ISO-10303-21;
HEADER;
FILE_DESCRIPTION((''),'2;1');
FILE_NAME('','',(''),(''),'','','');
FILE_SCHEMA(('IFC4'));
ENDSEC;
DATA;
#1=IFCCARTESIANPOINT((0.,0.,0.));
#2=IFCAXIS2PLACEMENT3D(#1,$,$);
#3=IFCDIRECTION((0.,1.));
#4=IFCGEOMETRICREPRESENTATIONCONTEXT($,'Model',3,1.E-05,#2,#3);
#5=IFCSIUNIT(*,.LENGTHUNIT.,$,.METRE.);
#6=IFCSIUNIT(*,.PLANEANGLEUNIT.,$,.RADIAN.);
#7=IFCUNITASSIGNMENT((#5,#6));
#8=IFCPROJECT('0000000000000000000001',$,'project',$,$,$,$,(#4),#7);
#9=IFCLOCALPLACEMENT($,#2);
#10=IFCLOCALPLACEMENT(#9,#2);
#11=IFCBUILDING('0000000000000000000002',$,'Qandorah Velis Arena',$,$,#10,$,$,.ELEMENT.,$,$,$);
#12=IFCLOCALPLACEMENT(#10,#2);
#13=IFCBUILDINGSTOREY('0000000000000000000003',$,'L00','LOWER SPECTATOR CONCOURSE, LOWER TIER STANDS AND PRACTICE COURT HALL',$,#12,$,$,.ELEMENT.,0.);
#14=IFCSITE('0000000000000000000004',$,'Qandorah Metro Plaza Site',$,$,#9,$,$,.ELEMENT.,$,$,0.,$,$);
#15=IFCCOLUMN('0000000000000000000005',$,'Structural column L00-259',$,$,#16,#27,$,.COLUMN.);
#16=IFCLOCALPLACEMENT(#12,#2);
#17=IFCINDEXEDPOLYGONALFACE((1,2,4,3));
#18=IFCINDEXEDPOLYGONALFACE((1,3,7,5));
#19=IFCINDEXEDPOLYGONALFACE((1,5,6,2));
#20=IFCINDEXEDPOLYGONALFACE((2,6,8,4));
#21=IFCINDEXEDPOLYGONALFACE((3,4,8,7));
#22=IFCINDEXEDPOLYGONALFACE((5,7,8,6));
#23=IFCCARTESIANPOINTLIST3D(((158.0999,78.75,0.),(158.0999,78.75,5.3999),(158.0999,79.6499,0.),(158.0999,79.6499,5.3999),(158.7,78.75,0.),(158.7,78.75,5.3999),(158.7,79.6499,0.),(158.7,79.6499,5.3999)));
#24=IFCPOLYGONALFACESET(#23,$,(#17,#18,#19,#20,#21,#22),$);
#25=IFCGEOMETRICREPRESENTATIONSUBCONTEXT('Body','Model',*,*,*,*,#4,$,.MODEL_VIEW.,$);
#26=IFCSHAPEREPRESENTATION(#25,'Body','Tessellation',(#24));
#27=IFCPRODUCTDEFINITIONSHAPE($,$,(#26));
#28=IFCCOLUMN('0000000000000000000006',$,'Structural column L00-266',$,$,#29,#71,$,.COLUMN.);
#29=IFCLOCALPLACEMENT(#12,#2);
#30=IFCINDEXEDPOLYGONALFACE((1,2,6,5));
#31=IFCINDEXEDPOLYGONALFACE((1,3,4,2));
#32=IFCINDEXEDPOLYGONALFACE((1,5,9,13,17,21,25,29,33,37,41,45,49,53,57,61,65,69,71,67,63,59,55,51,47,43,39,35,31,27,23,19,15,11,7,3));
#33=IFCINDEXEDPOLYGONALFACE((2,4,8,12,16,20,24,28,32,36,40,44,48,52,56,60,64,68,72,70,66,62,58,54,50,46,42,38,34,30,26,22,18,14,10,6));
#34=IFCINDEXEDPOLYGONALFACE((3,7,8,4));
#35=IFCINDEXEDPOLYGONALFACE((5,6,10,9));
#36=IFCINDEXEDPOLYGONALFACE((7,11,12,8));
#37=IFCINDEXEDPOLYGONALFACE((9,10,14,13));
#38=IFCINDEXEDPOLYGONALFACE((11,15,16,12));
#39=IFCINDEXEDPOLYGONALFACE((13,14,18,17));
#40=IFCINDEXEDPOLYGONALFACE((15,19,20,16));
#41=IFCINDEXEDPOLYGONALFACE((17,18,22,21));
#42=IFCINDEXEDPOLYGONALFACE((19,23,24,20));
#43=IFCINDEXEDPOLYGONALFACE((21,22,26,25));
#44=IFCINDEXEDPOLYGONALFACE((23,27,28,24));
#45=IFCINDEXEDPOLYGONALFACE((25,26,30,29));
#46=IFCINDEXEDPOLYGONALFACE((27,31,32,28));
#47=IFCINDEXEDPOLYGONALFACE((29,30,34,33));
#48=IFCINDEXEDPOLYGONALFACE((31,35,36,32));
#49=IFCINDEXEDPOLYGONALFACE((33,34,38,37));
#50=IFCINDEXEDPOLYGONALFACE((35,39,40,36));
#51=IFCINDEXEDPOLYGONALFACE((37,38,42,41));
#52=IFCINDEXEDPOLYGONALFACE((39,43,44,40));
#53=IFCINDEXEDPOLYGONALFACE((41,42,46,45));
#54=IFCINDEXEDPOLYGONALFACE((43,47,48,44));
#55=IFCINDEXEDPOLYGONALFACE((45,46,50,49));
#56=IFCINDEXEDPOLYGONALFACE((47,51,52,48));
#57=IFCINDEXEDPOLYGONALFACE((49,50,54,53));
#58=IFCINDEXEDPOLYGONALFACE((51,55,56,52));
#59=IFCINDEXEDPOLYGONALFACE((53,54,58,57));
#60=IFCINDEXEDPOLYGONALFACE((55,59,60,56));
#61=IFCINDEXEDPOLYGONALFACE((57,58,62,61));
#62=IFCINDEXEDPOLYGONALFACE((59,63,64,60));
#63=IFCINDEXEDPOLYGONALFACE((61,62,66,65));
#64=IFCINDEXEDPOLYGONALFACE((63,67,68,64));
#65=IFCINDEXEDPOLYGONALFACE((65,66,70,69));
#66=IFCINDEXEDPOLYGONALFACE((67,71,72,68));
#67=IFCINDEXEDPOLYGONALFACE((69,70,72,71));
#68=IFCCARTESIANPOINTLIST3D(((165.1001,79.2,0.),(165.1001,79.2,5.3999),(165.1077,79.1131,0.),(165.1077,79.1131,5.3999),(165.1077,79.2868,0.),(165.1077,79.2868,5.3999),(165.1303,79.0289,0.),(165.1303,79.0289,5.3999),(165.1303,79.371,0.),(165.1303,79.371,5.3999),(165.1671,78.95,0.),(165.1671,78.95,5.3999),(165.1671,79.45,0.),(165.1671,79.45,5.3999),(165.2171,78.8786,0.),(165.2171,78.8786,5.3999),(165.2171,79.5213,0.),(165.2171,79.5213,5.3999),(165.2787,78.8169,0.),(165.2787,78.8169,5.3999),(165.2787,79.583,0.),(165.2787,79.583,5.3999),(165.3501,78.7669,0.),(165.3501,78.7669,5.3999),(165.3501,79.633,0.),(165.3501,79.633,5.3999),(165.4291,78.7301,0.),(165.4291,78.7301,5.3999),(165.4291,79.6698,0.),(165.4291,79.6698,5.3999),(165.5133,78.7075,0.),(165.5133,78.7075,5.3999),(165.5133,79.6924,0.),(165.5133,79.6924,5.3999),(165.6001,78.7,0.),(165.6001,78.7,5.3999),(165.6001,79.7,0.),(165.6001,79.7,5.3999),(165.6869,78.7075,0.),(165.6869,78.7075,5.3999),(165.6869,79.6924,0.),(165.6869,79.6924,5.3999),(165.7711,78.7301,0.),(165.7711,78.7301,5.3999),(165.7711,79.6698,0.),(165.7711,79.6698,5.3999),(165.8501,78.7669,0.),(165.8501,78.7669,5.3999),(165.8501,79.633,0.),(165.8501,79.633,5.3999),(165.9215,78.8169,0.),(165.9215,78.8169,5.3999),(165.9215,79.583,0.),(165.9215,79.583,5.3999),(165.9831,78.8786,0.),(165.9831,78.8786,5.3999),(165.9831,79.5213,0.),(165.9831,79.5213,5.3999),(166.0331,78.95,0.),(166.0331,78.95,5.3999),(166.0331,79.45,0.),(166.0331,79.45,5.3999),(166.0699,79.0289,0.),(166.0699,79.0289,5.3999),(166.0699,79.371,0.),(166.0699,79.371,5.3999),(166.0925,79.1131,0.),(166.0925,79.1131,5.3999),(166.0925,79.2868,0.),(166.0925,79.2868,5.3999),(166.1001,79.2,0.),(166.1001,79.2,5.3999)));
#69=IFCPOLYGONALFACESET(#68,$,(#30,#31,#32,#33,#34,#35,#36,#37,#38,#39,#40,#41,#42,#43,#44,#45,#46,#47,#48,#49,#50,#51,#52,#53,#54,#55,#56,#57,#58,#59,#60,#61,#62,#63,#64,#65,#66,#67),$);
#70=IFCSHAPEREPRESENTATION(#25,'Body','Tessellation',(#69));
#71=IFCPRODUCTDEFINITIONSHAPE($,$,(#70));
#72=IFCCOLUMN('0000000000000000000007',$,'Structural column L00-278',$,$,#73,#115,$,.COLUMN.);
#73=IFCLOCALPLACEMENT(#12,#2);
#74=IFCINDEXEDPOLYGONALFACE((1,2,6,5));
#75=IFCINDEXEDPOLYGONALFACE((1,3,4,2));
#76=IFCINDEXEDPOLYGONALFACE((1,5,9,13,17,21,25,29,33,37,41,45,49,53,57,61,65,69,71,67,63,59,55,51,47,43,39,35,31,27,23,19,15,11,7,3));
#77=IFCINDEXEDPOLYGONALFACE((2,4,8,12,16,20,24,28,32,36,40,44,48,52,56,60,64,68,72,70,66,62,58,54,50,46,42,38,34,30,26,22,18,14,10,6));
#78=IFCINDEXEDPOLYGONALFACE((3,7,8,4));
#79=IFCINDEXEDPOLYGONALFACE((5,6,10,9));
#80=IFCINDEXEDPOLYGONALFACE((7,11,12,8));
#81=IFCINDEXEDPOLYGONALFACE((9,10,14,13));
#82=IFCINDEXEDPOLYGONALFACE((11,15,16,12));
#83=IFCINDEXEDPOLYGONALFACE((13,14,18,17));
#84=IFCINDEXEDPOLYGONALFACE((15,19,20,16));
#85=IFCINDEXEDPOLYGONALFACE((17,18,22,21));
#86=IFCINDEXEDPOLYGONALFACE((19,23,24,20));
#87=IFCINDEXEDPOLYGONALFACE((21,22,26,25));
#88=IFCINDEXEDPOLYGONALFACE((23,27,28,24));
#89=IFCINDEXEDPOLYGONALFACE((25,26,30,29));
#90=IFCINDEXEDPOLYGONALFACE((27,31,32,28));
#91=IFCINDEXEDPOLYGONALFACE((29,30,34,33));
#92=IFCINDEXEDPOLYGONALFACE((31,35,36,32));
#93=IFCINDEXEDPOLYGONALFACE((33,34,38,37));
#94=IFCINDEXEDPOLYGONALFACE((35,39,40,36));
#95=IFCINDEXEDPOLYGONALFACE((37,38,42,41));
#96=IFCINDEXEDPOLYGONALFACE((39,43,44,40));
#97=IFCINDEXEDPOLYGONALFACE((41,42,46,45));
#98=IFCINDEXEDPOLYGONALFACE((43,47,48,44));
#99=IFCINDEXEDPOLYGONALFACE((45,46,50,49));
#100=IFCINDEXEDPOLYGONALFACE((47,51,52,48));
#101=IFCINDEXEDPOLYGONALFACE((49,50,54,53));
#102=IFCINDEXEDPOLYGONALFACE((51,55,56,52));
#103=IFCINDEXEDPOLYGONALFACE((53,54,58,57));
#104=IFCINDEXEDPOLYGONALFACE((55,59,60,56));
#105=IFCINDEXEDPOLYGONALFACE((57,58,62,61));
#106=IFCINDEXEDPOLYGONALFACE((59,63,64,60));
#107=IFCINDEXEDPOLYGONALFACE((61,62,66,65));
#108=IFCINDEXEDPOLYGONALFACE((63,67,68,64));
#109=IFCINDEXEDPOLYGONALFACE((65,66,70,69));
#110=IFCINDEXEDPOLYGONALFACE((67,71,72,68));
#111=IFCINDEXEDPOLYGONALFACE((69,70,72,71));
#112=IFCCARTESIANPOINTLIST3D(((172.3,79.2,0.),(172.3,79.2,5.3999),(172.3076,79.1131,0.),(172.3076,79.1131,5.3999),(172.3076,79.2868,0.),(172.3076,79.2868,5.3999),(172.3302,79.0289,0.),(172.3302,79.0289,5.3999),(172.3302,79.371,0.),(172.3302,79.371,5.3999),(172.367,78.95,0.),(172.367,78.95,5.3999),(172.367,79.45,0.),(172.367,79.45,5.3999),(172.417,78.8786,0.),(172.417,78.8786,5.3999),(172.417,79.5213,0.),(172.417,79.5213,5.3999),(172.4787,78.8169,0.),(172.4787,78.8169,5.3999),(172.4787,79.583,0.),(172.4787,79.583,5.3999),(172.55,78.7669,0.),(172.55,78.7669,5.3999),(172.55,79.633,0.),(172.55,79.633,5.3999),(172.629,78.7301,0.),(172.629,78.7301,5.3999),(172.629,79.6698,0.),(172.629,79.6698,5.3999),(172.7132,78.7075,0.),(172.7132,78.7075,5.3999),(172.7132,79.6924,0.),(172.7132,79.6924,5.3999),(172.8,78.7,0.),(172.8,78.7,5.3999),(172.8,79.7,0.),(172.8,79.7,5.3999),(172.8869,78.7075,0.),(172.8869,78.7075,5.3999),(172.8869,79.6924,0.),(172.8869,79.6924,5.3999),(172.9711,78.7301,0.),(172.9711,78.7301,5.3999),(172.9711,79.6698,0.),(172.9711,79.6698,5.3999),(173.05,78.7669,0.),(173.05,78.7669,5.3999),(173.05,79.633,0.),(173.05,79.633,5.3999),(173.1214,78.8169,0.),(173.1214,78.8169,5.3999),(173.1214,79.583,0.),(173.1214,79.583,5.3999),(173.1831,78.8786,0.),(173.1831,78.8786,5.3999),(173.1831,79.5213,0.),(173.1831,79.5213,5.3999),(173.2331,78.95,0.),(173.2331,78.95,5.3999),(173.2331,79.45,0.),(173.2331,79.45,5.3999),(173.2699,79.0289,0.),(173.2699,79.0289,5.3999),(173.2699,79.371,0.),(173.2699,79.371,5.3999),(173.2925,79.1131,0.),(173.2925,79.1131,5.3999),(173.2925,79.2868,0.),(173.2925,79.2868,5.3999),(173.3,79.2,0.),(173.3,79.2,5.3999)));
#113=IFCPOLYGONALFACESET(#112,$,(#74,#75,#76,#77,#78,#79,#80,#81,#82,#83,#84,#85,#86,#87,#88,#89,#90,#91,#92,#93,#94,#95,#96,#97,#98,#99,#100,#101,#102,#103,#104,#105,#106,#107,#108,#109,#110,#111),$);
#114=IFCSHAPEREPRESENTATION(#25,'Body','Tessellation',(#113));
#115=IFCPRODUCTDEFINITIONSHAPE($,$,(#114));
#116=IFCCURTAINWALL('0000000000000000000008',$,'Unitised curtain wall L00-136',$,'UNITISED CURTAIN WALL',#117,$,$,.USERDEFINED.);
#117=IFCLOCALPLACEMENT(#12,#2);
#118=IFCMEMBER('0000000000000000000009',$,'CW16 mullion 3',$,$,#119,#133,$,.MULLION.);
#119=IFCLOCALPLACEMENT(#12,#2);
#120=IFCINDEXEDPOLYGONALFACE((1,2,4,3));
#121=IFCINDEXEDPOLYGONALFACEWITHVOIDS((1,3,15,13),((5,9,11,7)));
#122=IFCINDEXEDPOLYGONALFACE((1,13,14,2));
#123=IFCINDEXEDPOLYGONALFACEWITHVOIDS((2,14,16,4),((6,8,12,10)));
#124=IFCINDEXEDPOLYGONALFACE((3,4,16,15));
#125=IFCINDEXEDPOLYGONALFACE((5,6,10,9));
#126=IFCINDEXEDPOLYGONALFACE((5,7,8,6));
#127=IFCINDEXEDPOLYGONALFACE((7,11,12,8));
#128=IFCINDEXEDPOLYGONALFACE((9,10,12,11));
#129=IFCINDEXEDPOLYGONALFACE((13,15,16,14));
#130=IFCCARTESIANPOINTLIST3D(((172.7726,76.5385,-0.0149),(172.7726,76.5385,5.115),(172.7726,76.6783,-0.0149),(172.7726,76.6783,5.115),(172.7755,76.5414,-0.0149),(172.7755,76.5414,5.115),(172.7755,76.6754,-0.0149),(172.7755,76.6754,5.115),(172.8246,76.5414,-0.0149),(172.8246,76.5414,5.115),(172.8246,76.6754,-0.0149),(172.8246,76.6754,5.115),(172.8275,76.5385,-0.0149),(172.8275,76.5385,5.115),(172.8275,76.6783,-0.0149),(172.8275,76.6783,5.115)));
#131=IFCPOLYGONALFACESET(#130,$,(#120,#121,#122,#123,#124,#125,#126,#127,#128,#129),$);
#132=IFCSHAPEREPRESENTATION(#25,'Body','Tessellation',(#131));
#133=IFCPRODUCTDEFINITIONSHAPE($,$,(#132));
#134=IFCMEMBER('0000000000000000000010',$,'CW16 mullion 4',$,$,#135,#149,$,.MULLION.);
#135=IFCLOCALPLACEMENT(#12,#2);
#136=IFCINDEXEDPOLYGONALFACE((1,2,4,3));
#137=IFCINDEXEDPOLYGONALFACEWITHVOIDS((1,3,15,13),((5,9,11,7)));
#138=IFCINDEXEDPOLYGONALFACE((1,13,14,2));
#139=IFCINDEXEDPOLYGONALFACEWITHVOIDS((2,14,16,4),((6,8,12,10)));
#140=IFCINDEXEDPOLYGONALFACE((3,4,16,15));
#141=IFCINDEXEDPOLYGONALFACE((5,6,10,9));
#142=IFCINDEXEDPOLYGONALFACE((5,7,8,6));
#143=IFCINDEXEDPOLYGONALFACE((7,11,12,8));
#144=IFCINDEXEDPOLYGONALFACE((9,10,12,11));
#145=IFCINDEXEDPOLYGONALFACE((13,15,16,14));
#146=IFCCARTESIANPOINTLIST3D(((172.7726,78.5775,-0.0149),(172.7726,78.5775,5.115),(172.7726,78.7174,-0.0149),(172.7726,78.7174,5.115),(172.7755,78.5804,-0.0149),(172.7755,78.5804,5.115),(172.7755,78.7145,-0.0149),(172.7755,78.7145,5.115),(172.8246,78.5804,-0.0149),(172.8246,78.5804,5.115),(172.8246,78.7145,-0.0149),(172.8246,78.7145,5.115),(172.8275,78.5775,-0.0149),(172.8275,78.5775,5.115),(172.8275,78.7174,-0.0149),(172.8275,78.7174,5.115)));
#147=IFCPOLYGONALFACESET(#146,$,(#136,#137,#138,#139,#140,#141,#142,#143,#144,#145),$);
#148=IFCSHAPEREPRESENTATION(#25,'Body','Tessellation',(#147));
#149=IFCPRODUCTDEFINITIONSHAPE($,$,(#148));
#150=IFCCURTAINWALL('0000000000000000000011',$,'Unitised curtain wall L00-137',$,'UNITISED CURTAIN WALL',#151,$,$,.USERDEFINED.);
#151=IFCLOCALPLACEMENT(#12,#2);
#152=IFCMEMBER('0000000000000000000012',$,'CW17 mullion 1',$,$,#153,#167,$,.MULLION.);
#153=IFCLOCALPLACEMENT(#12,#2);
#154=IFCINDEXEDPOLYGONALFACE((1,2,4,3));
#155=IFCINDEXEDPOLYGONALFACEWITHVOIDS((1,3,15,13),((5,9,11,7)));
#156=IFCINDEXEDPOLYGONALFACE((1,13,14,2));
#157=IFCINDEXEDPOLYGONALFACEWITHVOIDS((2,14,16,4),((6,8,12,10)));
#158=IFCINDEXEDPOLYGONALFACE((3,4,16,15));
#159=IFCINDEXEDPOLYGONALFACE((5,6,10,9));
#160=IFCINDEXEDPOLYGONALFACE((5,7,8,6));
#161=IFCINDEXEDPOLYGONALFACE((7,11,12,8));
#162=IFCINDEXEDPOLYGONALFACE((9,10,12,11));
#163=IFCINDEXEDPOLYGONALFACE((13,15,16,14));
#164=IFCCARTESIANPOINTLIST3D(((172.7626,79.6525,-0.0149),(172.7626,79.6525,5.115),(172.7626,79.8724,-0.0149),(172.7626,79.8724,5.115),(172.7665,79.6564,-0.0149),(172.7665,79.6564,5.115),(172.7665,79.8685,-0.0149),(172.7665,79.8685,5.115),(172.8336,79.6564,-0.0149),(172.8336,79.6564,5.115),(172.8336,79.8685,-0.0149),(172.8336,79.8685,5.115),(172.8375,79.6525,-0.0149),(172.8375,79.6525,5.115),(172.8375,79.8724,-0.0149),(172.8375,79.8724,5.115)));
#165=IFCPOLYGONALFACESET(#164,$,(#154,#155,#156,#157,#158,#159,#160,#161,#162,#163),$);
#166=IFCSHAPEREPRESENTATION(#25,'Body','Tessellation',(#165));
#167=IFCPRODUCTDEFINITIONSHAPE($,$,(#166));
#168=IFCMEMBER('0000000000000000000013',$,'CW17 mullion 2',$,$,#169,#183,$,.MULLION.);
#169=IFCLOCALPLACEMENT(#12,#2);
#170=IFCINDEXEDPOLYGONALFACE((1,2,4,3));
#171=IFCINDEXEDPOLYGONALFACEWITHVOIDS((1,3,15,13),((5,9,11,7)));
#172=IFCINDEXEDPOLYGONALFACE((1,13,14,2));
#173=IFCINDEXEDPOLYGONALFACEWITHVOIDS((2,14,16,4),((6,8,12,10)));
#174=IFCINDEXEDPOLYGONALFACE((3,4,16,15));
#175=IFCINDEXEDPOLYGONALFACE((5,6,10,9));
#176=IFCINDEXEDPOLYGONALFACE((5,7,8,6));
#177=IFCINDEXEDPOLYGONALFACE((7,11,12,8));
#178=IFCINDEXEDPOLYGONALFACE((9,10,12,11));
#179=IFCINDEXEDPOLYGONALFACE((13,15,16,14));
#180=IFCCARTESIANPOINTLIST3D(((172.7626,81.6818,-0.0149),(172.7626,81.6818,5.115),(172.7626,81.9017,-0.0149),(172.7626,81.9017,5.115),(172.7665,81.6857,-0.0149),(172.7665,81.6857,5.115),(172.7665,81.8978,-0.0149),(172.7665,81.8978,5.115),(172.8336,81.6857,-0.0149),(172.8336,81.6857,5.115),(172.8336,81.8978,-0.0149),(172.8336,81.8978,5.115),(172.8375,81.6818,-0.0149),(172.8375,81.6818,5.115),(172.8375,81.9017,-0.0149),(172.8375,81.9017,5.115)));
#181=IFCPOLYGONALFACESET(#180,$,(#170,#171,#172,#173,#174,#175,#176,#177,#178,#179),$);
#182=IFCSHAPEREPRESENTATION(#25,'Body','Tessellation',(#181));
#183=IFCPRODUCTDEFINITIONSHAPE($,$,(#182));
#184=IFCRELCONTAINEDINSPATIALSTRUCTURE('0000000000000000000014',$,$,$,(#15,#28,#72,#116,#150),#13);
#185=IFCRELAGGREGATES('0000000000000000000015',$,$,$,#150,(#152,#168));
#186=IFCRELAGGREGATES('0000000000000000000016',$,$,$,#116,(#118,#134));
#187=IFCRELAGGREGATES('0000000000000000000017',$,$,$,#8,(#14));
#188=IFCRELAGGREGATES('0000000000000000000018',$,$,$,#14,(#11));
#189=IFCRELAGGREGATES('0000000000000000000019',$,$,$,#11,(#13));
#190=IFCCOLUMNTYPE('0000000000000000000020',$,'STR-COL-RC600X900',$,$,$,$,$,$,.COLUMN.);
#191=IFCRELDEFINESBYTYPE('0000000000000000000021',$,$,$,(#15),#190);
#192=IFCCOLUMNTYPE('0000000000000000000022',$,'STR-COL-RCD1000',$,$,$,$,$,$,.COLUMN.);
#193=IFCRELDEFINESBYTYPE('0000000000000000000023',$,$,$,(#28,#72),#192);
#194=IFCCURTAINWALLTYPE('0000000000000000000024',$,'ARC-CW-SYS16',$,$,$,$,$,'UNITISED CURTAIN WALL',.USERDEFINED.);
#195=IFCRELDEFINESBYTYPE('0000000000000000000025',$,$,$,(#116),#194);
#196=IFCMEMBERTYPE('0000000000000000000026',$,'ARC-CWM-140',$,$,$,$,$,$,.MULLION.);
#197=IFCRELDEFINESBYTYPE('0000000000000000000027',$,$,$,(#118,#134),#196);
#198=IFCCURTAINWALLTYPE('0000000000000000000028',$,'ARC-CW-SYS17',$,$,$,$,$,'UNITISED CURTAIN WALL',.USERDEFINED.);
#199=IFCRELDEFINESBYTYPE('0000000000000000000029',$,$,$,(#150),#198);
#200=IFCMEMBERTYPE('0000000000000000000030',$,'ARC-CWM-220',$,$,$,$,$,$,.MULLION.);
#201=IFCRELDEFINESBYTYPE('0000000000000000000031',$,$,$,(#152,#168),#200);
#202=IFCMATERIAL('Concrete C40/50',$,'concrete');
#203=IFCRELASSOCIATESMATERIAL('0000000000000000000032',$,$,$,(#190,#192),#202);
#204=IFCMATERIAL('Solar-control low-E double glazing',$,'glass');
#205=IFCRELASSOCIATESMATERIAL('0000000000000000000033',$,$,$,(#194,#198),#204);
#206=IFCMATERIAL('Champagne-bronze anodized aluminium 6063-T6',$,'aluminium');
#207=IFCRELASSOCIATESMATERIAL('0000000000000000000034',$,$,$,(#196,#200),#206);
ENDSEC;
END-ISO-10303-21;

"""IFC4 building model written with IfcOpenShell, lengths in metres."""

from ifc_helpers import new_model, si_unit, direction, frame, origin, origin_2d, place, context, subcontext, project, spatial, rectangle, hollow_rectangle, circle, extrude, material, material_profile, profile_set, type_object, element, aggregate, save


model = new_model("IFC4")

# Units and contexts
model_context = context("Model", 3, precision=1e-05, world=origin(), true_north=direction((0.0, 1.0)))
body_context = subcontext(model_context, "Body", "Model", "MODEL_VIEW")
ifc_project = project(units=[si_unit("LENGTHUNIT", "METRE"), si_unit("PLANEANGLEUNIT", "RADIAN")], contexts=[model_context])

# Site, building, storey
site_placement = place(None, origin())
site = spatial("IfcSite", under=ifc_project, at=site_placement, Name="Qandorah Metro Plaza Site", CompositionType="ELEMENT", RefElevation=0.0)
building_placement = place(site_placement, origin())
building = spatial("IfcBuilding", under=site, at=building_placement, Name="Qandorah Velis Arena", CompositionType="ELEMENT")
storey_placement = place(building_placement, origin())
storey = spatial("IfcBuildingStorey", under=building, at=storey_placement, Name="L00", Description="LOWER SPECTATOR CONCOURSE, LOWER TIER STANDS AND PRACTICE COURT HALL", CompositionType="ELEMENT", Elevation=0.0)

# Columns
ifc_material_1 = material(Name="Concrete C40/50", Category="concrete")
ifc_material_profile_1 = material_profile(ifc_material_1, rectangle(XDim=0.6001, YDim=0.8999, at=origin_2d()), Name="RC COL 600x900")
ifc_profile_set_1 = profile_set([ifc_material_profile_1], Name="Concrete C40/50")
column_type_1 = type_object("IfcColumnType", Name="STR-COL-RC600X900", PredefinedType="COLUMN", material=ifc_profile_set_1)
column_placement = place(storey_placement, frame((158.3999, 79.2, 0.0), z_axis=(0.0, 0.0, 1.0), x_axis=(1.0, 0.0, 0.0)))
element("IfcColumn", 1, at=column_placement, inside=storey, type_object=column_type_1, Name="Structural column L00-259", PredefinedType="COLUMN", context=body_context, shape_type="SweptSolid", body=[
    extrude(rectangle(XDim=0.6001, YDim=0.8999, at=origin_2d()), origin(), (0.0, 0.0, 1.0), 5.3999),
])
ifc_material_profile_2 = material_profile(ifc_material_1, circle(Radius=0.5, at=origin_2d()), Name="RC D1000")
ifc_profile_set_2 = profile_set([ifc_material_profile_2], Name="Concrete C40/50")
column_type_2 = type_object("IfcColumnType", Name="STR-COL-RCD1000", PredefinedType="COLUMN", material=ifc_profile_set_2)
for number, where, z_axis, x_axis, name in (
    (2, (165.6001, 79.2, 0.0), (0.0, 0.0, 1.0), (1.0, 0.0, 0.0), "Structural column L00-266"),
    (3, (172.8, 79.2, 0.0), (0.0, 0.0, 1.0), (1.0, 0.0, 0.0), "Structural column L00-278"),
):
    element("IfcColumn", number, at=place(storey_placement, frame(where, z_axis=z_axis, x_axis=x_axis)), inside=storey, type_object=column_type_2, Name=name, PredefinedType="COLUMN", context=body_context, shape_type="SweptSolid", body=[
        extrude(circle(Radius=0.5, at=origin_2d()), origin(), (0.0, 0.0, 1.0), 5.3999),
    ])

# Curtain walls, members
ifc_material_2 = material(Name="Solar-control low-E double glazing", Category="glass")
curtain_wall_type_1 = type_object("IfcCurtainWallType", Name="ARC-CW-SYS16", ElementType="UNITISED CURTAIN WALL", PredefinedType="USERDEFINED", material=ifc_material_2)
curtain_wall_1_placement = place(storey_placement, origin())
curtain_wall_1 = element("IfcCurtainWall", 4, at=curtain_wall_1_placement, inside=storey, type_object=curtain_wall_type_1, Name="Unitised curtain wall L00-136", ObjectType="UNITISED CURTAIN WALL", PredefinedType="USERDEFINED")
ifc_material_3 = material(Name="Champagne-bronze anodized aluminium 6063-T6", Category="aluminium")
ifc_material_profile_3 = material_profile(ifc_material_3, hollow_rectangle(XDim=0.0549, YDim=0.1399, WallThickness=0.0029, at=origin_2d()), Name="ALU MULLION 55x140")
ifc_profile_set_3 = profile_set([ifc_material_profile_3], Name="Champagne-bronze anodized aluminium 6063-T6")
member_type_1 = type_object("IfcMemberType", Name="ARC-CWM-140", PredefinedType="MULLION", material=ifc_profile_set_3)
member_1_placement = place(storey_placement, frame((172.8, 76.6084, -0.0149), z_axis=(0.0, 0.0, 1.0), x_axis=(-1.0, 0.0, 0.0)))
member_1 = element("IfcMember", 5, at=member_1_placement, type_object=member_type_1, Name="CW16 mullion 3", PredefinedType="MULLION", context=body_context, shape_type="SweptSolid", body=[
    extrude(hollow_rectangle(XDim=0.0549, YDim=0.1399, WallThickness=0.0029, at=origin_2d()), origin(), (0.0, 0.0, 1.0), 5.1299),
])
member_2_placement = place(storey_placement, frame((172.8, 78.6475, -0.0149), z_axis=(0.0, 0.0, 1.0), x_axis=(-1.0, 0.0, 0.0)))
member_2 = element("IfcMember", 6, at=member_2_placement, type_object=member_type_1, Name="CW16 mullion 4", PredefinedType="MULLION", context=body_context, shape_type="SweptSolid", body=[
    extrude(hollow_rectangle(XDim=0.0549, YDim=0.1399, WallThickness=0.0029, at=origin_2d()), origin(), (0.0, 0.0, 1.0), 5.1299),
])
curtain_wall_type_2 = type_object("IfcCurtainWallType", Name="ARC-CW-SYS17", ElementType="UNITISED CURTAIN WALL", PredefinedType="USERDEFINED", material=ifc_material_2)
curtain_wall_2_placement = place(storey_placement, origin())
curtain_wall_2 = element("IfcCurtainWall", 7, at=curtain_wall_2_placement, inside=storey, type_object=curtain_wall_type_2, Name="Unitised curtain wall L00-137", ObjectType="UNITISED CURTAIN WALL", PredefinedType="USERDEFINED")
ifc_material_profile_4 = material_profile(ifc_material_3, hollow_rectangle(XDim=0.075, YDim=0.22, WallThickness=0.0039, at=origin_2d()), Name="ALU MULLION 75x220")
ifc_profile_set_4 = profile_set([ifc_material_profile_4], Name="Champagne-bronze anodized aluminium 6063-T6")
member_type_2 = type_object("IfcMemberType", Name="ARC-CWM-220", PredefinedType="MULLION", material=ifc_profile_set_4)
member_3_placement = place(storey_placement, frame((172.8, 79.7625, -0.0149), z_axis=(0.0, 0.0, 1.0), x_axis=(-1.0, 0.0, 0.0)))
member_3 = element("IfcMember", 8, at=member_3_placement, type_object=member_type_2, Name="CW17 mullion 1", PredefinedType="MULLION", context=body_context, shape_type="SweptSolid", body=[
    extrude(hollow_rectangle(XDim=0.075, YDim=0.22, WallThickness=0.0039, at=origin_2d()), origin(), (0.0, 0.0, 1.0), 5.1299),
])
member_4_placement = place(storey_placement, frame((172.8, 81.7917, -0.0149), z_axis=(0.0, 0.0, 1.0), x_axis=(-1.0, 0.0, 0.0)))
member_4 = element("IfcMember", 9, at=member_4_placement, type_object=member_type_2, Name="CW17 mullion 2", PredefinedType="MULLION", context=body_context, shape_type="SweptSolid", body=[
    extrude(hollow_rectangle(XDim=0.075, YDim=0.22, WallThickness=0.0039, at=origin_2d()), origin(), (0.0, 0.0, 1.0), 5.1299),
])

aggregate(curtain_wall_2, [member_3, member_4])
aggregate(curtain_wall_1, [member_1, member_2])

save(model, "model.ifc")
